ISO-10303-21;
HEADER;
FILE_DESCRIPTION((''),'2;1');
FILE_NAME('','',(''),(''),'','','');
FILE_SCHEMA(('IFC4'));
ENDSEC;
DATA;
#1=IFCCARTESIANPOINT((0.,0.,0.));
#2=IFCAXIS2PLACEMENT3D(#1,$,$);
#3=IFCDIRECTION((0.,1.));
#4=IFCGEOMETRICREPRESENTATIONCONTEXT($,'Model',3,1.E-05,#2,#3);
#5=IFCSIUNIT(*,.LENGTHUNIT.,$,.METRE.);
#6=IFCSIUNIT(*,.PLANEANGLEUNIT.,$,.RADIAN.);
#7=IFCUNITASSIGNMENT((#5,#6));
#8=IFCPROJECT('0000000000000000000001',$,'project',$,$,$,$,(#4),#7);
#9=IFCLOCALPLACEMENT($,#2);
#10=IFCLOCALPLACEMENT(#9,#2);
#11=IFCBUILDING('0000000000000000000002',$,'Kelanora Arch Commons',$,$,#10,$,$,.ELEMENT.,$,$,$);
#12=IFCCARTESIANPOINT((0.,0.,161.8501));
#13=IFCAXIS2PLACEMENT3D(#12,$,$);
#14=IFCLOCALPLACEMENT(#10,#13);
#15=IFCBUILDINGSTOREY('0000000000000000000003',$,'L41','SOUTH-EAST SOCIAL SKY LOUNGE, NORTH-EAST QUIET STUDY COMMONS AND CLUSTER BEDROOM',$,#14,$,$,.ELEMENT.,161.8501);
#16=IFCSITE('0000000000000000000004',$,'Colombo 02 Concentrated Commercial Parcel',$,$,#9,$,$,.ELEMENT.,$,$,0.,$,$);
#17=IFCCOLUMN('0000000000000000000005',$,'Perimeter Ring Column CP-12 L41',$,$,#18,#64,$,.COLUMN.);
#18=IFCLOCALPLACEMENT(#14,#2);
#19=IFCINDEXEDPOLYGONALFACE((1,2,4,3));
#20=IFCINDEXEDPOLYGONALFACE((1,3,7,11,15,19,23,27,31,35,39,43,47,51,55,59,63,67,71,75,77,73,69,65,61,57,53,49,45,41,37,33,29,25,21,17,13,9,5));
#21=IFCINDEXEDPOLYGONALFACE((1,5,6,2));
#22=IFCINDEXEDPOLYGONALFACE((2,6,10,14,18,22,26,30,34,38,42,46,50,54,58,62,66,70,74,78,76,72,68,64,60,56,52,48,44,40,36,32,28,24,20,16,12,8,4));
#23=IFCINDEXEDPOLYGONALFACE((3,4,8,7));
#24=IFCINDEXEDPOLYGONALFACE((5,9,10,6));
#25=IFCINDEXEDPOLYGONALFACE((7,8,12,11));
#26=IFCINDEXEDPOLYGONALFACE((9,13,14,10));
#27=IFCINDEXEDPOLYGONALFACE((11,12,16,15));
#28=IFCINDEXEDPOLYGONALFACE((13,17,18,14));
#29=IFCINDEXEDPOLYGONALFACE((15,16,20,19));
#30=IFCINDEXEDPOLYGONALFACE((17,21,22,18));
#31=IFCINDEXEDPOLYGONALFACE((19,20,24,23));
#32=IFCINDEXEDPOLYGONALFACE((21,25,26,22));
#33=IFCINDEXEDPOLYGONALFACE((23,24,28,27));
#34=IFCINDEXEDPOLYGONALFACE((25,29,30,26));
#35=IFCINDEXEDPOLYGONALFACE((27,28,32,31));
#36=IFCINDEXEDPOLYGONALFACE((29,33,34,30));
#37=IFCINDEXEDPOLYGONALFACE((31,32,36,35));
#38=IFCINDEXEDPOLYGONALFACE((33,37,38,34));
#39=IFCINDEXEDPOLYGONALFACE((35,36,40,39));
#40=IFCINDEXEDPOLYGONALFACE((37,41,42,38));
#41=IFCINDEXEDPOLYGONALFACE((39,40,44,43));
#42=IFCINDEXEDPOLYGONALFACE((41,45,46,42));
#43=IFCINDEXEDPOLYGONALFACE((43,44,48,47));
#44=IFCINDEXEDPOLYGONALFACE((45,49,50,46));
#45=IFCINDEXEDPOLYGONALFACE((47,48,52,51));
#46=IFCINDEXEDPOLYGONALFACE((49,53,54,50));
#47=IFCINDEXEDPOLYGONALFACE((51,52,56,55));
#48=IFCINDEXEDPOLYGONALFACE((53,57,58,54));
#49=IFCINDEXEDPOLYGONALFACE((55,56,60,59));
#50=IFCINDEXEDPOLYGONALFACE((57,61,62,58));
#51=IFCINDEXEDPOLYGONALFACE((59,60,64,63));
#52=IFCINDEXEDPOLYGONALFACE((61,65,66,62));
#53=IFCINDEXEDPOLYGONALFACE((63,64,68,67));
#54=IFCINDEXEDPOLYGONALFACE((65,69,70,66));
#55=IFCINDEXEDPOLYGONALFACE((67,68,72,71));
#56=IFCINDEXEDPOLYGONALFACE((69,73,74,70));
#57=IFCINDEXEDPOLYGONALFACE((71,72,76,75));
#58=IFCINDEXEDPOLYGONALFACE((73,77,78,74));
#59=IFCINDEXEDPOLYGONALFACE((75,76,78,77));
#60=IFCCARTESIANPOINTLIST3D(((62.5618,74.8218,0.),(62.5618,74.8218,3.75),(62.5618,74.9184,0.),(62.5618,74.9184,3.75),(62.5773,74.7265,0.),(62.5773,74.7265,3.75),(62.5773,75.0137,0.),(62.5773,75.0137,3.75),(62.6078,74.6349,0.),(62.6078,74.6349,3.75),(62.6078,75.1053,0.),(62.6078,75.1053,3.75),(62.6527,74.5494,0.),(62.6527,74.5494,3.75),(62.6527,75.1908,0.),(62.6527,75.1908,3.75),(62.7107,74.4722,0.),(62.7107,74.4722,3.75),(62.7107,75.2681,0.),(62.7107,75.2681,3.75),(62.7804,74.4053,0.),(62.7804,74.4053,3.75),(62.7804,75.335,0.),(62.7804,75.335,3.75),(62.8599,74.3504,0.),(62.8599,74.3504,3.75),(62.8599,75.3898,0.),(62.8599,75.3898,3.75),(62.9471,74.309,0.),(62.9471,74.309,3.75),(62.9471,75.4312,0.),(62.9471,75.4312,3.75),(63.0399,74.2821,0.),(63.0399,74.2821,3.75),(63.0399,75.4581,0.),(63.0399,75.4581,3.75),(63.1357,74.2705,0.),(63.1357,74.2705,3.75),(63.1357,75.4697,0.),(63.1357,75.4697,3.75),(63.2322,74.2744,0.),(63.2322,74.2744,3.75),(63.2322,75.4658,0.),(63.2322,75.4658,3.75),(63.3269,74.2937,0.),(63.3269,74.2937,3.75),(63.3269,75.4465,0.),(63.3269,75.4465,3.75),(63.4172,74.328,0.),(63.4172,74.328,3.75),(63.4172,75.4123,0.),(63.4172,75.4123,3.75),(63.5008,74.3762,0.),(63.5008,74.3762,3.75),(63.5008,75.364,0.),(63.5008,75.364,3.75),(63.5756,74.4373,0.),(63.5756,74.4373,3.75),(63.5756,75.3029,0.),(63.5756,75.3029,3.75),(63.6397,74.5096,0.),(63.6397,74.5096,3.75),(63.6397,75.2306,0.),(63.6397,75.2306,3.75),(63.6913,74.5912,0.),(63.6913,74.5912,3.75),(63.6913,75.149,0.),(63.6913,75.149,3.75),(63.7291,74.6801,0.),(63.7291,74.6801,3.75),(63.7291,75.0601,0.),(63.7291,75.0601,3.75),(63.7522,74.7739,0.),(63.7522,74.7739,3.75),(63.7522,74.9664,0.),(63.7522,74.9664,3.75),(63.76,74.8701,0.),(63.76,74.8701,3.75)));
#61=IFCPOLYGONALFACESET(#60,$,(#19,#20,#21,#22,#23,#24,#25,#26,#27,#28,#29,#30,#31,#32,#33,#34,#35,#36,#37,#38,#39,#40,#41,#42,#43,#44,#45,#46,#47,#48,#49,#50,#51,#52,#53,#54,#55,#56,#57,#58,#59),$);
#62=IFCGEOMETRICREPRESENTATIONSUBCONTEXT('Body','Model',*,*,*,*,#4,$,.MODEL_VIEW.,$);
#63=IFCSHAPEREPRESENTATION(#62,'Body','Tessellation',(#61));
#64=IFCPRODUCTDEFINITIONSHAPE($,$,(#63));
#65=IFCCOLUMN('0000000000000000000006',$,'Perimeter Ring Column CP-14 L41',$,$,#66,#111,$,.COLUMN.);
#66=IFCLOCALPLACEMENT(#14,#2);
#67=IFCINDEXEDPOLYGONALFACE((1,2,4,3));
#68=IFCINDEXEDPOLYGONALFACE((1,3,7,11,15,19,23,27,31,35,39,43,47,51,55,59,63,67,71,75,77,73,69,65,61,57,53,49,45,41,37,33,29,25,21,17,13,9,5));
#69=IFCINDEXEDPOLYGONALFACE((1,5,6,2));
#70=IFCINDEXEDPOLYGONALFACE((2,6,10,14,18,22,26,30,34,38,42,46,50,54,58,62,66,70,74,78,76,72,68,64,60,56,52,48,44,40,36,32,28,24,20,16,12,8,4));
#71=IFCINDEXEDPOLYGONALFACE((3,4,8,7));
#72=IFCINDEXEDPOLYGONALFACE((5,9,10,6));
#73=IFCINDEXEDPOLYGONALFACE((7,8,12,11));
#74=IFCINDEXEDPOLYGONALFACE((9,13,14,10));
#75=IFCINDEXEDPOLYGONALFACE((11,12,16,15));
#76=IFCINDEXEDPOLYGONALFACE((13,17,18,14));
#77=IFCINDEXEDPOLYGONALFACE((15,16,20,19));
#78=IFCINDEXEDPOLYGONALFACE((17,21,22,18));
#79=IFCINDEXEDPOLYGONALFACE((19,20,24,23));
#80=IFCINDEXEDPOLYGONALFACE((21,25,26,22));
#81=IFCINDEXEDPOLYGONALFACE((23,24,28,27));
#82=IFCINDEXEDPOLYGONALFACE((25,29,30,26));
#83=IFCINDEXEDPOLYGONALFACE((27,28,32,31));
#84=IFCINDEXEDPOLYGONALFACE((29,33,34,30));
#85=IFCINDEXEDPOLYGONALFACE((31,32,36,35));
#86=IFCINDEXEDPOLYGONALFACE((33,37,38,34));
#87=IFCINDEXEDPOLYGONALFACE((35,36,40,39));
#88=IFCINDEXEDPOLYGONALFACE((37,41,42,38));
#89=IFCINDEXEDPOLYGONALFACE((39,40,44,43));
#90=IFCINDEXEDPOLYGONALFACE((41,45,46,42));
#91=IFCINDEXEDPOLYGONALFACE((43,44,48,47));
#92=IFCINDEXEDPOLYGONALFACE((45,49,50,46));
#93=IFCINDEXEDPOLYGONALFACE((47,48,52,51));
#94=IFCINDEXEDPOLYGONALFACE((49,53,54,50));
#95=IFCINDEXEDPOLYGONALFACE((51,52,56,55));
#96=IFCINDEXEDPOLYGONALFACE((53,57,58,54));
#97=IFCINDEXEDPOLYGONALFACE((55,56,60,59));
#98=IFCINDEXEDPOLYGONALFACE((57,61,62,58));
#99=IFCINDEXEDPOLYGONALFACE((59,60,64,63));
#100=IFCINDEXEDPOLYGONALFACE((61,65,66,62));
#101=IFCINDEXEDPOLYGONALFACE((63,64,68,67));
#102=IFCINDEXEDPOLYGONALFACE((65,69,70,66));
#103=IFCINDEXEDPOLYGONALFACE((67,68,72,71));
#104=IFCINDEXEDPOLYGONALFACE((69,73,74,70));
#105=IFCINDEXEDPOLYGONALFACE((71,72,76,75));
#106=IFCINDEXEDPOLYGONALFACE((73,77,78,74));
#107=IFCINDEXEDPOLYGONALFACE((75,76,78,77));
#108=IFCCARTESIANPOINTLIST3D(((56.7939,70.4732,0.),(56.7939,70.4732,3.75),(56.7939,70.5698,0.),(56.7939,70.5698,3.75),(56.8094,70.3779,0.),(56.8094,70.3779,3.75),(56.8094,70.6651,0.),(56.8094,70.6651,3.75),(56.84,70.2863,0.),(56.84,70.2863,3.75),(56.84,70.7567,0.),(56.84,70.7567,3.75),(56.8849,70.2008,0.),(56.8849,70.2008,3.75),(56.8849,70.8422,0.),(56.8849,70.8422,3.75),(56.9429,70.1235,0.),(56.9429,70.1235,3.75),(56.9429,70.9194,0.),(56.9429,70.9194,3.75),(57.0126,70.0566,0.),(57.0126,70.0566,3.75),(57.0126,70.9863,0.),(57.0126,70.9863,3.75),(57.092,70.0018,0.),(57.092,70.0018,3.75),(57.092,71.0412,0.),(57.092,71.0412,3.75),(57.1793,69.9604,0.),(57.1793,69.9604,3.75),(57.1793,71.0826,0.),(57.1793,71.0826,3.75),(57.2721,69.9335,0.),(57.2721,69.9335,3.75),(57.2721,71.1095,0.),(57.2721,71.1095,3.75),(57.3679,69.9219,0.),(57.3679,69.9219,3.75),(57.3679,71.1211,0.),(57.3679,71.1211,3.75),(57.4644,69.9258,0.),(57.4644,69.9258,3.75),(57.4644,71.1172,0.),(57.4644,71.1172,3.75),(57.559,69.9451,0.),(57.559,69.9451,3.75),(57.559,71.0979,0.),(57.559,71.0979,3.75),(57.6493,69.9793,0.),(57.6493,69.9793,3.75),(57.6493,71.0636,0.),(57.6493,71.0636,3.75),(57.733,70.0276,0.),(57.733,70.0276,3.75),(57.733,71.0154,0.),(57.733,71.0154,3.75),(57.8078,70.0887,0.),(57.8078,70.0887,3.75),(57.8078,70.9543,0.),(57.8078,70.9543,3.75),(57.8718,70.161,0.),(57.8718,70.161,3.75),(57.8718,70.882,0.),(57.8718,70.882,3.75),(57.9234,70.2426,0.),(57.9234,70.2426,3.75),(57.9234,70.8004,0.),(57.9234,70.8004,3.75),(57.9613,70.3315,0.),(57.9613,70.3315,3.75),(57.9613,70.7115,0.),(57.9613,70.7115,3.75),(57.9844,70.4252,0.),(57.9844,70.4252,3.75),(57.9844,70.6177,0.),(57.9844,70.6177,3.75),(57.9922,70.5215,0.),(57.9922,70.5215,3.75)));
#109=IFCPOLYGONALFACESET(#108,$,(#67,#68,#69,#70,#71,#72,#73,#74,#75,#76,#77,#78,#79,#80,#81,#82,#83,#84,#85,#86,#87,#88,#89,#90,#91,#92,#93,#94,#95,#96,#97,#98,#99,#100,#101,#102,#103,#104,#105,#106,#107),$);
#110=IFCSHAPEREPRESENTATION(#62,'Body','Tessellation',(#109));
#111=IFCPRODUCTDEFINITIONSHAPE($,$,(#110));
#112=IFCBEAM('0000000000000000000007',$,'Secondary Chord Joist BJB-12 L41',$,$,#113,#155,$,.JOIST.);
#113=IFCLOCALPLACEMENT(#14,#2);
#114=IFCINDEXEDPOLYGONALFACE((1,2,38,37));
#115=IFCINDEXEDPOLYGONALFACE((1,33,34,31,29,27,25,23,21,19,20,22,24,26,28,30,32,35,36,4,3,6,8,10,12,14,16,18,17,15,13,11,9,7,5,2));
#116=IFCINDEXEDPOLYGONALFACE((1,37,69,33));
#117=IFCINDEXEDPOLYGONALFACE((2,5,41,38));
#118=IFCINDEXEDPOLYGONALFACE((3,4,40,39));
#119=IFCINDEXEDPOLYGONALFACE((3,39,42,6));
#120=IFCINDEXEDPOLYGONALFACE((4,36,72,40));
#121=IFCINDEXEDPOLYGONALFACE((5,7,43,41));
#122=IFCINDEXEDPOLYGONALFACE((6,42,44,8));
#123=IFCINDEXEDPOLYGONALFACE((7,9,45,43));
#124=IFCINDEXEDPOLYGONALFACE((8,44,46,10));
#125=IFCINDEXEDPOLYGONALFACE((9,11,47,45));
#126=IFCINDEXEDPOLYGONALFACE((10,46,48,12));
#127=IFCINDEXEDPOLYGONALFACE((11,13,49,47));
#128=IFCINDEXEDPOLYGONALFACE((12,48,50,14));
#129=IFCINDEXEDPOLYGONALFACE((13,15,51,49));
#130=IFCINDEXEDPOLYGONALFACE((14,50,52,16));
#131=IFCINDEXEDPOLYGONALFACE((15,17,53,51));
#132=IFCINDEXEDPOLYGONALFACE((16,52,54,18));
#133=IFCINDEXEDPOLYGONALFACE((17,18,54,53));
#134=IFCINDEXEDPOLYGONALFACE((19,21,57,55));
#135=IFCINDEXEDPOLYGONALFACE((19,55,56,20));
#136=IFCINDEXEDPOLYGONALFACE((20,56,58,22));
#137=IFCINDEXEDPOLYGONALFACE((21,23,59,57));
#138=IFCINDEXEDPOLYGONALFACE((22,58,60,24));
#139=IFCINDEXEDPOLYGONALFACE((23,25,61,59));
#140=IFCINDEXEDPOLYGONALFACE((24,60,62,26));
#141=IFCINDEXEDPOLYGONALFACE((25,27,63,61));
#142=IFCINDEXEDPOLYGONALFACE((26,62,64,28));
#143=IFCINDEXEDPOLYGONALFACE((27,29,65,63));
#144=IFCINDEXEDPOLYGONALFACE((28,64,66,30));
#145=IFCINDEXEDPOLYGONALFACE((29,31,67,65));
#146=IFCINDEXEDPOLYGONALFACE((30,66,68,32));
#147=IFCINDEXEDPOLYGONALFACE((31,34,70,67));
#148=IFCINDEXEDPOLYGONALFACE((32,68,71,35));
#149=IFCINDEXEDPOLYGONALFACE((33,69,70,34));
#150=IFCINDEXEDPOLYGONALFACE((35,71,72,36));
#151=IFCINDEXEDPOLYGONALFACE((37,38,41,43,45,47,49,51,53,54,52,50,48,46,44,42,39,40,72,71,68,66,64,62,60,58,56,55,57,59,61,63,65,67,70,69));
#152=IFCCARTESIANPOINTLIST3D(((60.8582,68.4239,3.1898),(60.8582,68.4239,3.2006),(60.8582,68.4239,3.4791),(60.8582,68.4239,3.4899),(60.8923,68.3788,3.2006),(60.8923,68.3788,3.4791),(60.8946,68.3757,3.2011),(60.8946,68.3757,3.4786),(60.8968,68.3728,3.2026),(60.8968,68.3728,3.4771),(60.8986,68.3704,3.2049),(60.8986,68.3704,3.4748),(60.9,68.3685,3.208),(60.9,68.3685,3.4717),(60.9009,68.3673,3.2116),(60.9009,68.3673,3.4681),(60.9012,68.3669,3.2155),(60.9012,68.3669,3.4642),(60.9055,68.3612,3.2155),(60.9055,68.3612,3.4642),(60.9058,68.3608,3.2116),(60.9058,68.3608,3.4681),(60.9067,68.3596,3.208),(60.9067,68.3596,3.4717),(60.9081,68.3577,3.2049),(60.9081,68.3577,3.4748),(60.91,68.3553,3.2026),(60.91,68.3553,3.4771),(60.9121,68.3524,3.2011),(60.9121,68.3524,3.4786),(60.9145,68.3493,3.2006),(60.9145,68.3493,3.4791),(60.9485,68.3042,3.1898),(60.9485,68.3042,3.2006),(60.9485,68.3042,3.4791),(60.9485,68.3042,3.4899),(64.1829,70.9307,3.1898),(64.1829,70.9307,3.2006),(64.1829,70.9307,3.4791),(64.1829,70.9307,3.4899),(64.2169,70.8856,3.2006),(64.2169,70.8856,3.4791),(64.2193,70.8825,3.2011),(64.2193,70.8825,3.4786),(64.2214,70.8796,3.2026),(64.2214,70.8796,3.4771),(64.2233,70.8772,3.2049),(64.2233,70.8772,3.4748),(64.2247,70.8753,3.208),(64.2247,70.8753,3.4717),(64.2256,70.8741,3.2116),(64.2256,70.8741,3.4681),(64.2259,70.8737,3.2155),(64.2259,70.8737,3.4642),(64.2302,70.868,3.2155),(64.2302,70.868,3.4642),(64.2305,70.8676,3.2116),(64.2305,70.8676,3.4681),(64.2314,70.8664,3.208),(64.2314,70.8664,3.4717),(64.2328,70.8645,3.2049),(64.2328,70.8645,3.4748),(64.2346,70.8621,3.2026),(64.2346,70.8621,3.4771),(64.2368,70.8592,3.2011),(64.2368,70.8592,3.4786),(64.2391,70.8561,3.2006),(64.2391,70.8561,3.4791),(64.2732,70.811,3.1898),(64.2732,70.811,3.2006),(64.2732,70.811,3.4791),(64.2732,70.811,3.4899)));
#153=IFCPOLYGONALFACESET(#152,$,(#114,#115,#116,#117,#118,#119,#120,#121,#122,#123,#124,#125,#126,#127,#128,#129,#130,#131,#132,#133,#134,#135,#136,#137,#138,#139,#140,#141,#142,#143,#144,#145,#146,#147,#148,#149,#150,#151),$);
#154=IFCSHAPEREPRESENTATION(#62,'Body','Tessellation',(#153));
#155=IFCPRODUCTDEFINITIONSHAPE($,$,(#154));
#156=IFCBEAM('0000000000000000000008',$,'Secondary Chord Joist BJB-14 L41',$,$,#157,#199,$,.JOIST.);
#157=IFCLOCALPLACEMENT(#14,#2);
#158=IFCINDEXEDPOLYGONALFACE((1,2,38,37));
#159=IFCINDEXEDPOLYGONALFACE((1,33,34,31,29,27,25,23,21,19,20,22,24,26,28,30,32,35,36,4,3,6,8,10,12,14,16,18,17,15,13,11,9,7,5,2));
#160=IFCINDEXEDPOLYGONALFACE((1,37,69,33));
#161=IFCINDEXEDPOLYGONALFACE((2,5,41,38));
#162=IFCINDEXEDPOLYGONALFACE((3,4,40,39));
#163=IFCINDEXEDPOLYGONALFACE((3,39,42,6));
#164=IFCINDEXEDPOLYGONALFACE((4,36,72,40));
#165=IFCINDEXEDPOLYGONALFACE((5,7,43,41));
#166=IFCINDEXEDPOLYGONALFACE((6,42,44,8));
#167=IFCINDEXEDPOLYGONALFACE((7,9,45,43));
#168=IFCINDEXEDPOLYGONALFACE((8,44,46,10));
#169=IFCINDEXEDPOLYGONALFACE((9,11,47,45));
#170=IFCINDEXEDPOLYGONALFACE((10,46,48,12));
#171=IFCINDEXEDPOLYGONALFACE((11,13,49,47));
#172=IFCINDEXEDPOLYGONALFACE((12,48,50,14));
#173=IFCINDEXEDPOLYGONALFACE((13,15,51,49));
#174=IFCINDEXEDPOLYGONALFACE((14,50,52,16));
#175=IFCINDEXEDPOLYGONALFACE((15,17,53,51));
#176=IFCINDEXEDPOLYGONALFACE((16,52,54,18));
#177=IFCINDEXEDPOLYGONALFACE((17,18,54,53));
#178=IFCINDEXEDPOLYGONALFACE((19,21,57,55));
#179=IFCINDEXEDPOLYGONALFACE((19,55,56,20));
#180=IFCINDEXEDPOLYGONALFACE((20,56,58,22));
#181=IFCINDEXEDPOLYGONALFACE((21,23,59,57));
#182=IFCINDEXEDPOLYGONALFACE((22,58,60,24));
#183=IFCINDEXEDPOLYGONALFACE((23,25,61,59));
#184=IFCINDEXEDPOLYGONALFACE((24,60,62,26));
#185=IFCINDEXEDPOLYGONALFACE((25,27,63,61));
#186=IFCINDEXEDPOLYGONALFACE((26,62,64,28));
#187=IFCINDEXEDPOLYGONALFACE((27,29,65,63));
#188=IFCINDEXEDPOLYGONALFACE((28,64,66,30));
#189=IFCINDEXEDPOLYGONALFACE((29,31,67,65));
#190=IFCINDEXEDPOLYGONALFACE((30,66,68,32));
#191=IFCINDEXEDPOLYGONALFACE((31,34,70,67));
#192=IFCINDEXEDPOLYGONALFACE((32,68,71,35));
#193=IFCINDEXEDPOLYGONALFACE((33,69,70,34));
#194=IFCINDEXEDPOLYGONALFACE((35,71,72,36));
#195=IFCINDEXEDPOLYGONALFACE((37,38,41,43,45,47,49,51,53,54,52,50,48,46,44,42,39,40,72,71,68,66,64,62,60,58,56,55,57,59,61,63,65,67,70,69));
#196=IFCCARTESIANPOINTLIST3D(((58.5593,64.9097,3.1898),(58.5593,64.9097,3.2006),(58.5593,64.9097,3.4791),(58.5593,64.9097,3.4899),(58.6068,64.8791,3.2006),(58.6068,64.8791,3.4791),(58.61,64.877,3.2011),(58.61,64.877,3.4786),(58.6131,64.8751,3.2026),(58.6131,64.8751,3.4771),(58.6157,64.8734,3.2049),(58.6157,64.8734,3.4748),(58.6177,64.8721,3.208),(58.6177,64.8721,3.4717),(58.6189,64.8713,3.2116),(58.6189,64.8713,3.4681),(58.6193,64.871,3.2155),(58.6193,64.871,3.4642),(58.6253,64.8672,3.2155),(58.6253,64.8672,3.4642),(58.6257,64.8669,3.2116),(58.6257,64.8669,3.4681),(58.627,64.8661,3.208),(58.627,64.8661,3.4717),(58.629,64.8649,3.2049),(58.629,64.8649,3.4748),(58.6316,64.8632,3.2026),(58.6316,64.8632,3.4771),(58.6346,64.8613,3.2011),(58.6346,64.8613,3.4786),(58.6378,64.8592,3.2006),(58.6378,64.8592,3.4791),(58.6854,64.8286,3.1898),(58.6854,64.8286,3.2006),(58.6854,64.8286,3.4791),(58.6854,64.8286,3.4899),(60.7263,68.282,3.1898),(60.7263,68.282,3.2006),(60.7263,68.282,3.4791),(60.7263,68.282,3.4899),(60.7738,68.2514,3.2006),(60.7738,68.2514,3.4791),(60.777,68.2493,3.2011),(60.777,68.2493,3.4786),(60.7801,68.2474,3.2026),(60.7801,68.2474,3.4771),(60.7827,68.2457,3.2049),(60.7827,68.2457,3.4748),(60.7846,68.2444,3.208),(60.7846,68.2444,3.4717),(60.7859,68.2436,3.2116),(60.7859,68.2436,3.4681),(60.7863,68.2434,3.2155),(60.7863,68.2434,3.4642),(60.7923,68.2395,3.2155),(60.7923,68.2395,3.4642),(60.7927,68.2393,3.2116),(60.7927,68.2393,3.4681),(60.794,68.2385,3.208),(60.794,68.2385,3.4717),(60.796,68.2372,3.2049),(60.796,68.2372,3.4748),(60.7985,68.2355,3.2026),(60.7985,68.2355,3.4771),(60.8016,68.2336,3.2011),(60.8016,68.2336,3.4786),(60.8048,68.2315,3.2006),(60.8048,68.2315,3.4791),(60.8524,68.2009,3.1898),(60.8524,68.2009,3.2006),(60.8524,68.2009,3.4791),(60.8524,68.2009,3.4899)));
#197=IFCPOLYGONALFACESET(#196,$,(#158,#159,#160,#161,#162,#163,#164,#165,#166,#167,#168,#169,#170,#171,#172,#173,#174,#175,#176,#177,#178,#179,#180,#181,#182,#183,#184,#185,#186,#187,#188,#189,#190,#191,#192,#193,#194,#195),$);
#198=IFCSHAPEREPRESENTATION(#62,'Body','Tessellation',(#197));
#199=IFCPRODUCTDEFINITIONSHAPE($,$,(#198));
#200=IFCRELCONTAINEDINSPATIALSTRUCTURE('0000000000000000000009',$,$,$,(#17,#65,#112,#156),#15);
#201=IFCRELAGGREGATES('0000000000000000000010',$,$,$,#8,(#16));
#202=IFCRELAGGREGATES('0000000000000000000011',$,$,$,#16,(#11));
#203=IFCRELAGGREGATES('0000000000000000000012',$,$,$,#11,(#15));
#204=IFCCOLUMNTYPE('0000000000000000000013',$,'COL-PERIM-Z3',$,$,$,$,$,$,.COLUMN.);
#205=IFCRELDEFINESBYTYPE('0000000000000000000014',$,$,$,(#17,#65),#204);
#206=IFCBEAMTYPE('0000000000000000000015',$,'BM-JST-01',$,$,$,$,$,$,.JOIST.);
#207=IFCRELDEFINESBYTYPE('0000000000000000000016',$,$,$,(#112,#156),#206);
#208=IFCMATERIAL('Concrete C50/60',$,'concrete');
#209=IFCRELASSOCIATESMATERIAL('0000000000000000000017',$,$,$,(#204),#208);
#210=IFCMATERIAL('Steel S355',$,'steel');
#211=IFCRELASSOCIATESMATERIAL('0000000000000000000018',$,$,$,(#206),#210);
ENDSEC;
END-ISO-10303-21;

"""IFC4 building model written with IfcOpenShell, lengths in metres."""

from ifc_helpers import new_model, si_unit, direction, frame, origin, origin_2d, place, context, subcontext, project, spatial, circle, i_section, extrude, material, material_profile, profile_set, type_object, element, save


model = new_model("IFC4")

# Units and contexts
model_context = context("Model", 3, precision=1e-05, world=origin(), true_north=direction((0.0, 1.0)))
body_context = subcontext(model_context, "Body", "Model", "MODEL_VIEW")
ifc_project = project(units=[si_unit("LENGTHUNIT", "METRE"), si_unit("PLANEANGLEUNIT", "RADIAN")], contexts=[model_context])

# Site, building, storey
site_placement = place(None, origin())
site = spatial("IfcSite", under=ifc_project, at=site_placement, Name="Colombo 02 Concentrated Commercial Parcel", CompositionType="ELEMENT", RefElevation=0.0)
building_placement = place(site_placement, origin())
building = spatial("IfcBuilding", under=site, at=building_placement, Name="Kelanora Arch Commons", CompositionType="ELEMENT")
storey_placement = place(building_placement, frame((0.0, 0.0, 161.8501)))
storey = spatial("IfcBuildingStorey", under=building, at=storey_placement, Name="L41", Description="SOUTH-EAST SOCIAL SKY LOUNGE, NORTH-EAST QUIET STUDY COMMONS AND CLUSTER BEDROOM", CompositionType="ELEMENT", Elevation=161.8501)

# Columns
ifc_material_1 = material(Name="Concrete C50/60", Category="concrete")
ifc_material_profile_1 = material_profile(ifc_material_1, circle(Radius=0.6001, at=origin_2d()), Name="RCC1200")
ifc_profile_set_1 = profile_set([ifc_material_profile_1], Name="Concrete C50/60")
column_type = type_object("IfcColumnType", Name="COL-PERIM-Z3", PredefinedType="COLUMN", material=ifc_profile_set_1)
for number, where, z_axis, x_axis, name in (
    (1, (63.1599, 74.8701, 0.0), (0.0, 0.0, 1.0), (1.0, 0.0, 0.0), "Perimeter Ring Column CP-12 L41"),
    (2, (57.3921, 70.5215, 0.0), (0.0, 0.0, 1.0), (1.0, 0.0, 0.0), "Perimeter Ring Column CP-14 L41"),
):
    element("IfcColumn", number, at=place(storey_placement, frame(where, z_axis=z_axis, x_axis=x_axis)), inside=storey, type_object=column_type, Name=name, PredefinedType="COLUMN", context=body_context, shape_type="SweptSolid", body=[
        extrude(circle(Radius=0.6001, at=origin_2d()), origin(), (0.0, 0.0, 1.0), 3.75),
    ])

# Beams
ifc_material_2 = material(Name="Steel S355", Category="steel")
ifc_material_profile_2 = material_profile(ifc_material_2, i_section(OverallWidth=0.1499, OverallDepth=0.3, WebThickness=0.0071, FlangeThickness=0.0107, FilletRadius=0.0149, at=origin_2d()), Name="IPE300")
ifc_profile_set_2 = profile_set([ifc_material_profile_2], Name="Steel S355")
beam_type_1 = type_object("IfcBeamType", Name="BM-JST-01", PredefinedType="JOIST", material=ifc_profile_set_2)
beam_1_placement = place(storey_placement, frame((64.228, 70.8708, 3.3398), z_axis=(-0.798464, -0.602043, 0.0), x_axis=(0.602043, -0.798464, 0.0)))
element("IfcBeam", 3, at=beam_1_placement, inside=storey, type_object=beam_type_1, Name="Secondary Chord Joist BJB-12 L41", PredefinedType="JOIST", context=body_context, shape_type="SweptSolid", body=[
    extrude(i_section(OverallWidth=0.1499, OverallDepth=0.3, WebThickness=0.0071, FlangeThickness=0.0107, FilletRadius=0.0149, at=origin_2d()), origin(), (0.0, 0.0, 1.0), 4.1638),
])
beam_2_placement = place(storey_placement, frame((60.7893, 68.2415, 3.3398), z_axis=(-0.540594, -0.841283, 0.0), x_axis=(0.841283, -0.540594, 0.0)))
element("IfcBeam", 4, at=beam_2_placement, inside=storey, type_object=beam_type_1, Name="Secondary Chord Joist BJB-14 L41", PredefinedType="JOIST", context=body_context, shape_type="SweptSolid", body=[
    extrude(i_section(OverallWidth=0.1499, OverallDepth=0.3, WebThickness=0.0071, FlangeThickness=0.0107, FilletRadius=0.0149, at=origin_2d()), origin(), (0.0, 0.0, 1.0), 4.0085),
])

save(model, "model.ifc")
